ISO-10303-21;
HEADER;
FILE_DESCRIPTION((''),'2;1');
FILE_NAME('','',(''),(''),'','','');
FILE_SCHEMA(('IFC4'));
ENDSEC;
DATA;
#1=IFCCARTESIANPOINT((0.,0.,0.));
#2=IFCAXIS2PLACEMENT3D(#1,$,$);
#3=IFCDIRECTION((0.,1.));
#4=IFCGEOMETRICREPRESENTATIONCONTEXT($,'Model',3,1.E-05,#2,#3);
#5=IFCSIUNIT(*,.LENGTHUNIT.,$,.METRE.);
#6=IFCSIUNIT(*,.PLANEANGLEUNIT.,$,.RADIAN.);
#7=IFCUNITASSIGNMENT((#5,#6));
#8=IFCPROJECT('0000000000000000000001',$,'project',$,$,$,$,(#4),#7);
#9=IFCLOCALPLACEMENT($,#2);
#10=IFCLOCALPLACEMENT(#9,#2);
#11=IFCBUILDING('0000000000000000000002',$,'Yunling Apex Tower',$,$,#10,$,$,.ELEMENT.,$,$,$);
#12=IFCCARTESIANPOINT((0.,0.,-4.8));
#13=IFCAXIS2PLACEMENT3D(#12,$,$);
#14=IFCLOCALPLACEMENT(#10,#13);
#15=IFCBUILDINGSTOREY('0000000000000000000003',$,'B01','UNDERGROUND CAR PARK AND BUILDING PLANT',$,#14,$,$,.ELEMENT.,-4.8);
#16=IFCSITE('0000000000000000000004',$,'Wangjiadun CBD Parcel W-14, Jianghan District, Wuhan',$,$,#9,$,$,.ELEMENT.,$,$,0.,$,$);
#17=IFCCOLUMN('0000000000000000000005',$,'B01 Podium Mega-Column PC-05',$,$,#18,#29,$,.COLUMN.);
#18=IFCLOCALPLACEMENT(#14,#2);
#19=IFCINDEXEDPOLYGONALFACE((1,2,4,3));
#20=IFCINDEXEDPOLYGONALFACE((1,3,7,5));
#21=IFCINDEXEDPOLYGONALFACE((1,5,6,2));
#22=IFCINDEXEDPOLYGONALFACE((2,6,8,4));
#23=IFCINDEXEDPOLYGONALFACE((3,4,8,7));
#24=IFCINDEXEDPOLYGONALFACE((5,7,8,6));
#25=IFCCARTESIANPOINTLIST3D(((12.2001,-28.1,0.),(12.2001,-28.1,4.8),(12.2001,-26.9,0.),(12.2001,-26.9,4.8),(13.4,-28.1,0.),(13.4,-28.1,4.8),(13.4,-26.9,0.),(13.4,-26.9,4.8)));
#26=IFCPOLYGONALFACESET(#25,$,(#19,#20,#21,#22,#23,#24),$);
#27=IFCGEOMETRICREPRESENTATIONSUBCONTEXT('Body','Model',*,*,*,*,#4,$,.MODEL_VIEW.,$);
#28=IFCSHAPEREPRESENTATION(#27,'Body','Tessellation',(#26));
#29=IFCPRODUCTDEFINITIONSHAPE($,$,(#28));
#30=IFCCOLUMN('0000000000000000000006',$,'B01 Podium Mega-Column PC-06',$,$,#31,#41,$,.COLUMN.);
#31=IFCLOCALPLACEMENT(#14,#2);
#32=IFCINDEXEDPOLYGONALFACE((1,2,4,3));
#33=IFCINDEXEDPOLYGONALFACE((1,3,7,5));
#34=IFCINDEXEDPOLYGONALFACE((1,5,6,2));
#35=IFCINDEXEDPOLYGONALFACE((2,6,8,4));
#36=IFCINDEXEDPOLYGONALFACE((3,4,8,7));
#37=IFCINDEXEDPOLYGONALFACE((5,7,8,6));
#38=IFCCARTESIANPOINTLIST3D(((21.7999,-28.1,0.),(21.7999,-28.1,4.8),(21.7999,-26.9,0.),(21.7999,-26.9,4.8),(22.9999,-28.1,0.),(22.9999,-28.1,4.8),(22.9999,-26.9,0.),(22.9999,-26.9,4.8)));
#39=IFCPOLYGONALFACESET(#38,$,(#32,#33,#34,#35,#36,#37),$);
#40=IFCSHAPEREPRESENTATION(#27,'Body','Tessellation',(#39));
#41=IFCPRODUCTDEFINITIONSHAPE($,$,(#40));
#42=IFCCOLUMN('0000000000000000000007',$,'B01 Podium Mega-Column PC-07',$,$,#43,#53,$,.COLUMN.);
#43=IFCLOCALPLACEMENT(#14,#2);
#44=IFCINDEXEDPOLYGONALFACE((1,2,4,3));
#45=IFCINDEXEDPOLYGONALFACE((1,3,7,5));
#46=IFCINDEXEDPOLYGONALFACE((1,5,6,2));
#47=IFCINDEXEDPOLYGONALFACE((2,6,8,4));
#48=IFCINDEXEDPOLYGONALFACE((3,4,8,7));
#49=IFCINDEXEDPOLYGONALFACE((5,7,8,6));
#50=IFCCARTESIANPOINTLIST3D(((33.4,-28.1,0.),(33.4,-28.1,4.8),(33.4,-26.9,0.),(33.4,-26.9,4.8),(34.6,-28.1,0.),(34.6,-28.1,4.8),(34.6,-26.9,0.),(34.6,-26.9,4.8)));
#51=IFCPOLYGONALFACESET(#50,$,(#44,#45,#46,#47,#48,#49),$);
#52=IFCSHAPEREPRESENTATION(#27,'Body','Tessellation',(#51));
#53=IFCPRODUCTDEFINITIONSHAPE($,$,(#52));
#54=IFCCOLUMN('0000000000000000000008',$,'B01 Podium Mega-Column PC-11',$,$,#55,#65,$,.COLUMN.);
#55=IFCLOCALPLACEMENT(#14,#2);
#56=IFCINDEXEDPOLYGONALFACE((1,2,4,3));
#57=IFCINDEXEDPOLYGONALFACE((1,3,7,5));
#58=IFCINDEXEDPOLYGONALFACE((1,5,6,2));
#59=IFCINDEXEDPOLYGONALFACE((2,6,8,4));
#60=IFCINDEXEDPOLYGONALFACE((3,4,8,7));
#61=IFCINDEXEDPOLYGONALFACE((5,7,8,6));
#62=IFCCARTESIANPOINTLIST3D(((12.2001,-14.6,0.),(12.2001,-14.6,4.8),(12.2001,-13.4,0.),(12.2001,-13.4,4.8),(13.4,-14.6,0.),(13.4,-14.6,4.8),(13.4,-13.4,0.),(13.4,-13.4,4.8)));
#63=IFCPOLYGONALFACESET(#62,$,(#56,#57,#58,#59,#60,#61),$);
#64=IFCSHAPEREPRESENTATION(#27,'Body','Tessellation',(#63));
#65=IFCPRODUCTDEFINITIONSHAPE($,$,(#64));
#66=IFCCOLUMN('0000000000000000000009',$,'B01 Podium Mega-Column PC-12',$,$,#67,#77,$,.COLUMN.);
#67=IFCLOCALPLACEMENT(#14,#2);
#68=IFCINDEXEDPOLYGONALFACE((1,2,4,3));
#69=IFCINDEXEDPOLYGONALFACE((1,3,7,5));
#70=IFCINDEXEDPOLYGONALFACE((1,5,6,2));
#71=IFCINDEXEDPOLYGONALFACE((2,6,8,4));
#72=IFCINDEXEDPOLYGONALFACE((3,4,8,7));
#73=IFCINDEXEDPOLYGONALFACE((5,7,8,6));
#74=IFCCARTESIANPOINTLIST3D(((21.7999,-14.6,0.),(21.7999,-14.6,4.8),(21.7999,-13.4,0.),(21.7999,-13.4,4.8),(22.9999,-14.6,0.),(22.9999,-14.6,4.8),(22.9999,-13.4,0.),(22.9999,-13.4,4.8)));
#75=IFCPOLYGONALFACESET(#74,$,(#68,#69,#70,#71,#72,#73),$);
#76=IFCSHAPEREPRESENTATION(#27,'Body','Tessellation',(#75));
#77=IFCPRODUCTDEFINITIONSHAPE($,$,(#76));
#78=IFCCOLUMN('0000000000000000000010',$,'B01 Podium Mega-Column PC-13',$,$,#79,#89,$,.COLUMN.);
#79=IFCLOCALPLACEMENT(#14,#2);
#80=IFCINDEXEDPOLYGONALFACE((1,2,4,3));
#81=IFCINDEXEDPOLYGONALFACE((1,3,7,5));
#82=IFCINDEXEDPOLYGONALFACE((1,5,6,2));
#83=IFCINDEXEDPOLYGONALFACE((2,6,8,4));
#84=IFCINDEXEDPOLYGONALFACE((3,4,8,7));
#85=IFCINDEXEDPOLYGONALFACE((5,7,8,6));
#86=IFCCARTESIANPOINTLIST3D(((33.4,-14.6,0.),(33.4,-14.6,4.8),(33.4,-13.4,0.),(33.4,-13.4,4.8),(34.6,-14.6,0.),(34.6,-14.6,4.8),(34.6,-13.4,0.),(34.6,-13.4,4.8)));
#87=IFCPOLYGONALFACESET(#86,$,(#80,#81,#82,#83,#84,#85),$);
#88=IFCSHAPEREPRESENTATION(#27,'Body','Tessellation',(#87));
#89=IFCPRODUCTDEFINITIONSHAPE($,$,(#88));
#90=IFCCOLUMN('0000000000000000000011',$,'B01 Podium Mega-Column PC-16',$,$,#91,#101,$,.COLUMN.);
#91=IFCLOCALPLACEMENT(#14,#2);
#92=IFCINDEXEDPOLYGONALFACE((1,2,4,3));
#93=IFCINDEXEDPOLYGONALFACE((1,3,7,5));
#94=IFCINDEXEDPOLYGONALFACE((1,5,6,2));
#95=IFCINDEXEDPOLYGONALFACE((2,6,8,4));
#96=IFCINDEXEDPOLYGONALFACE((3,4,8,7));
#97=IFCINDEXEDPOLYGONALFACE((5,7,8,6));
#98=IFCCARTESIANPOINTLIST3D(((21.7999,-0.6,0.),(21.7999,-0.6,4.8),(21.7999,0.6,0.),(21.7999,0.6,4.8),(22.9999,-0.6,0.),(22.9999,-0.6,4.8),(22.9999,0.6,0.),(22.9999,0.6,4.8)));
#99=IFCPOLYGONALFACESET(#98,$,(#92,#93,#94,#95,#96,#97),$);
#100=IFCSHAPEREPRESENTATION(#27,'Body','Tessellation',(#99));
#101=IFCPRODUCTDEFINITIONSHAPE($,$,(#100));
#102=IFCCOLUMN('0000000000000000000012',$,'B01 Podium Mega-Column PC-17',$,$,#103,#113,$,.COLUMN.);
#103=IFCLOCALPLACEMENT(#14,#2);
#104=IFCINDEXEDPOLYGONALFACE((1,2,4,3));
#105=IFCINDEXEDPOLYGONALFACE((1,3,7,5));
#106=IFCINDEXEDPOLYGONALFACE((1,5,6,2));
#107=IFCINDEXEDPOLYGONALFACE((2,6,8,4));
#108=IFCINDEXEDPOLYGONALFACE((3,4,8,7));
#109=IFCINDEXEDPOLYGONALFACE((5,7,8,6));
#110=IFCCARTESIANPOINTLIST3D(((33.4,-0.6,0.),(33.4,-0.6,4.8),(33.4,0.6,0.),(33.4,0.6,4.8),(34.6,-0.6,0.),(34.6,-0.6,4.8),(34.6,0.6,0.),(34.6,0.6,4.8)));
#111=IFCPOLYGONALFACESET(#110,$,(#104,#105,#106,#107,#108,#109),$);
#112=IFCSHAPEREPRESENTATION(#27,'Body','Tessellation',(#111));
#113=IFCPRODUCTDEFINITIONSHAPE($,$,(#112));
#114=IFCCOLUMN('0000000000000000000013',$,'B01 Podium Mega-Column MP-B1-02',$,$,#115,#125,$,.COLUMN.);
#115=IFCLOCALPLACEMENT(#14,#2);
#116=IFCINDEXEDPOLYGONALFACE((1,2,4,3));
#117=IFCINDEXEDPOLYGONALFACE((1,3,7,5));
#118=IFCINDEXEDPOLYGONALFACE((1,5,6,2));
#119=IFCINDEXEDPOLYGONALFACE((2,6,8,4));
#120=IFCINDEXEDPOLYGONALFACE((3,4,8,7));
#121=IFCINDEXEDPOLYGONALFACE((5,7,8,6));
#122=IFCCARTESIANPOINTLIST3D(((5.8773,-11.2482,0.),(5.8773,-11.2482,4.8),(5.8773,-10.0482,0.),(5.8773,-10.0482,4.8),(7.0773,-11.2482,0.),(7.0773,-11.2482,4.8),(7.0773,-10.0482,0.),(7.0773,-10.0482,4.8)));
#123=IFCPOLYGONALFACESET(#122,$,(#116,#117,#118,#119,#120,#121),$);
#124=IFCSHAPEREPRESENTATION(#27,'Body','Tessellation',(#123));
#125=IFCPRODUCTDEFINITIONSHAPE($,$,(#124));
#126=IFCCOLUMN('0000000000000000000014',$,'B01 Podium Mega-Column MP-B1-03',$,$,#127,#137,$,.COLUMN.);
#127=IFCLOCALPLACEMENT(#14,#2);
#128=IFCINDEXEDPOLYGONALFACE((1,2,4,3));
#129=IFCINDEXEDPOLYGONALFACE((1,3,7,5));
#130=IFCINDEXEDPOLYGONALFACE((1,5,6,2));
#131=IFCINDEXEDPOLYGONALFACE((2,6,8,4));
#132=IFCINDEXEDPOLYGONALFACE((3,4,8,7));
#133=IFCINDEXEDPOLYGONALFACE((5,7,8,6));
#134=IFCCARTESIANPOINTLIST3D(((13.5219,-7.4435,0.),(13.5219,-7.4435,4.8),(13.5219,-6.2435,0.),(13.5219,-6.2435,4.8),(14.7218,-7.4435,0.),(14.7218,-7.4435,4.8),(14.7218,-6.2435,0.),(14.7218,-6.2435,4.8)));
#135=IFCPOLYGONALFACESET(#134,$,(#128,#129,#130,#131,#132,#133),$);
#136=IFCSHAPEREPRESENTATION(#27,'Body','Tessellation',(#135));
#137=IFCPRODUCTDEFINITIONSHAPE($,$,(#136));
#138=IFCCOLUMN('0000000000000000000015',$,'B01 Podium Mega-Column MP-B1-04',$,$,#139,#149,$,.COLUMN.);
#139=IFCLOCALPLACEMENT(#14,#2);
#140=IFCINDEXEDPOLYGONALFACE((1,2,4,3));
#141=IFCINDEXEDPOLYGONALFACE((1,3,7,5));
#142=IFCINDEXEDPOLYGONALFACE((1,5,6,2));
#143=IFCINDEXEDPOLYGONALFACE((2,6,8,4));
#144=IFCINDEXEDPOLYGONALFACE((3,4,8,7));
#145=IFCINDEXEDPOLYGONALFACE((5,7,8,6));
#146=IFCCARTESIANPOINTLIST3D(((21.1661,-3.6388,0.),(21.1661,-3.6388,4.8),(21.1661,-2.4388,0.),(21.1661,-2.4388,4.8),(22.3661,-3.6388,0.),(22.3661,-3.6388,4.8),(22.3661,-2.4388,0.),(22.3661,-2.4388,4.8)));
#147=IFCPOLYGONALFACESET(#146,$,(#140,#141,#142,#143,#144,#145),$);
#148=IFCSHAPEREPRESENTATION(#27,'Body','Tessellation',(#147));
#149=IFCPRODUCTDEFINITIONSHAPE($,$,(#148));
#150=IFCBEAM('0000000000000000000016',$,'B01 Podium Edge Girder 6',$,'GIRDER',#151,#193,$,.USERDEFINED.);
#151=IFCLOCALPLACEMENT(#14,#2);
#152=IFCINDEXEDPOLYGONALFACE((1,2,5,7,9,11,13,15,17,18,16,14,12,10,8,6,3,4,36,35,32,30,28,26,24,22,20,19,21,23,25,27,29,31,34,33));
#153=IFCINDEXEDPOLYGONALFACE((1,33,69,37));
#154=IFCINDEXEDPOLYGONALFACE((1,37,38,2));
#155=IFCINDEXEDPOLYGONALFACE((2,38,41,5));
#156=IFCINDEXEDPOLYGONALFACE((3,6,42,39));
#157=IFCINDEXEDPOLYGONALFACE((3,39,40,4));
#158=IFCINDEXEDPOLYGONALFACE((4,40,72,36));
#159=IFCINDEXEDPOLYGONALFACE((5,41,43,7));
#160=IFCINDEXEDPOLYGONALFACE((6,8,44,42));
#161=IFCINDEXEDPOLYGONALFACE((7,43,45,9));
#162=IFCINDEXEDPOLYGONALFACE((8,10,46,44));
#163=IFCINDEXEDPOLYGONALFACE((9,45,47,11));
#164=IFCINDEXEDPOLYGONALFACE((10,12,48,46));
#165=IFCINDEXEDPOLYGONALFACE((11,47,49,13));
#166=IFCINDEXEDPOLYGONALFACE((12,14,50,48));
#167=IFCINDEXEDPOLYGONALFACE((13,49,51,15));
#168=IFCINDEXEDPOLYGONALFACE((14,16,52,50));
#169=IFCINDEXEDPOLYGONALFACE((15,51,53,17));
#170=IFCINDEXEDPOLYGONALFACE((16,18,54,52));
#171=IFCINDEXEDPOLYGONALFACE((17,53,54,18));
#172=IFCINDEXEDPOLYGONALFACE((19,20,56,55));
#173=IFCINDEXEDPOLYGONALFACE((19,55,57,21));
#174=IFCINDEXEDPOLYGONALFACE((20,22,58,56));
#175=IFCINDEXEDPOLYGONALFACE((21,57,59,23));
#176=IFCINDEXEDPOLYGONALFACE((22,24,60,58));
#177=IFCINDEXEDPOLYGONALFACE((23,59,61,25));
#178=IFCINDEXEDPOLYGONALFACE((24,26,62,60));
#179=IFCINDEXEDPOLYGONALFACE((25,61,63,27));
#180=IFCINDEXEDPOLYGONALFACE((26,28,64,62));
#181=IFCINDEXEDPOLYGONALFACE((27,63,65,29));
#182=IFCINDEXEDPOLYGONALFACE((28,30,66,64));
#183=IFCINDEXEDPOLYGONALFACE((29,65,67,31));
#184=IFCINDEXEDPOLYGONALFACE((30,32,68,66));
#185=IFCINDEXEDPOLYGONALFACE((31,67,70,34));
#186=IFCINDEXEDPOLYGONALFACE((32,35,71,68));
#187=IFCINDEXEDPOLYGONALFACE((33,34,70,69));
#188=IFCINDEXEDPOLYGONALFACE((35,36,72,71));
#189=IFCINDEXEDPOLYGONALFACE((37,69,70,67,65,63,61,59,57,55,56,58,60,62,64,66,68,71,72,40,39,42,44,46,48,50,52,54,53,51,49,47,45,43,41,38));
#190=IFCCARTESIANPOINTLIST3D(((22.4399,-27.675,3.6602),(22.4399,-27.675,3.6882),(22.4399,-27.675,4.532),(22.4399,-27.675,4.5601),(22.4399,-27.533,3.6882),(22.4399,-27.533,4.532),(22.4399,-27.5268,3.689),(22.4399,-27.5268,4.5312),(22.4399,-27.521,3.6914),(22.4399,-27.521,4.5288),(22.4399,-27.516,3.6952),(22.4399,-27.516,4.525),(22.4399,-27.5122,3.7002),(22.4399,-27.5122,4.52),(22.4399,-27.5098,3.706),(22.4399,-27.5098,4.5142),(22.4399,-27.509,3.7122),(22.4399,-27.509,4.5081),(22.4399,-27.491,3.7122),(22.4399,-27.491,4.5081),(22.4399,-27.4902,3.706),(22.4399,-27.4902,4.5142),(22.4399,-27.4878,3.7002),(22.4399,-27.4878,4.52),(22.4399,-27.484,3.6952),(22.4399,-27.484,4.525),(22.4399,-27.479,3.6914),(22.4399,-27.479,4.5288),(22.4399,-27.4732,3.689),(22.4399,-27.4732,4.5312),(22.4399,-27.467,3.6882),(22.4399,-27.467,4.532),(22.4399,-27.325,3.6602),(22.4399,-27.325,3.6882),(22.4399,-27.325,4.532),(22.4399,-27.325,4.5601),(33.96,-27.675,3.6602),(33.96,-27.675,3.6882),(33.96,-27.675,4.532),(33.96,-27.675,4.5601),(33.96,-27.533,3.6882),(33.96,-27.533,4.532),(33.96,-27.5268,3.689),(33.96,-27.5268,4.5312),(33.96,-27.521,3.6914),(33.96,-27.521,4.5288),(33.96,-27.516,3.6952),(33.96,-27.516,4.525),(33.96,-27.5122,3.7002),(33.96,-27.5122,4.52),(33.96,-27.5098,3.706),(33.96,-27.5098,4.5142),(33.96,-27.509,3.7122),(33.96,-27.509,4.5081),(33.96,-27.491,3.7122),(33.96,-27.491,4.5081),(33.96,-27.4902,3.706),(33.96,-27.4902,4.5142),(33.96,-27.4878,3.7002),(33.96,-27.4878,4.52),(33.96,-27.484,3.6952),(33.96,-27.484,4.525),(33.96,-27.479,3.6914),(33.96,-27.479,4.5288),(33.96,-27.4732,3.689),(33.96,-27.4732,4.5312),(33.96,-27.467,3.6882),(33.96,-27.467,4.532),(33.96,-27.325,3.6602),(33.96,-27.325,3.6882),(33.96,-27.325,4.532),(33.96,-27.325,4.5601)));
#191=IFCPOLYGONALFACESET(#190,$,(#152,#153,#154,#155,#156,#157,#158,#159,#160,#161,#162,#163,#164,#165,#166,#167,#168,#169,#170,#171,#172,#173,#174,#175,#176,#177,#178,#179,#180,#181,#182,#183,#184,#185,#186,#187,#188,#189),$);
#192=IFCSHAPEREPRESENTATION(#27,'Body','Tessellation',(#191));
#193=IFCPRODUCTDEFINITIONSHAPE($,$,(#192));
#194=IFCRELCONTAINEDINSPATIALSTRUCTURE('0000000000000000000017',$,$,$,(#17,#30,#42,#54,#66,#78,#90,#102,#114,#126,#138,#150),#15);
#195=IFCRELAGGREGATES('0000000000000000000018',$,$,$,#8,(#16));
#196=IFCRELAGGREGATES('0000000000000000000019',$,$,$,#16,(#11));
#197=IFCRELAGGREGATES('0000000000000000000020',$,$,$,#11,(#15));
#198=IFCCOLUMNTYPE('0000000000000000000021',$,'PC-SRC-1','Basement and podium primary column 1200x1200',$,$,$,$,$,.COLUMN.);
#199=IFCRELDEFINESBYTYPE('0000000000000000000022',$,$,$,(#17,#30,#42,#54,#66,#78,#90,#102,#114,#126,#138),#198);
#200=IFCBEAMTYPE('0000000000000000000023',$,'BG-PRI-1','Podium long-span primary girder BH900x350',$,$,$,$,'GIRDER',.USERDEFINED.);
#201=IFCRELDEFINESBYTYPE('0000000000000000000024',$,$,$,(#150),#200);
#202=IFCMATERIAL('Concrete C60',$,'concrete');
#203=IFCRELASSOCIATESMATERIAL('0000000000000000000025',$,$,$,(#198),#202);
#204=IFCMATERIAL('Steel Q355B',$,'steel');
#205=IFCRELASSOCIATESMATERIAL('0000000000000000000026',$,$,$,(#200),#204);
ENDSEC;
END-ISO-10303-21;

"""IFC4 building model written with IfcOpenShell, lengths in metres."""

from ifc_helpers import new_model, si_unit, direction, frame, origin, origin_2d, place, context, subcontext, project, spatial, rectangle, i_section, extrude, source, transform, mapped, material, material_profile, profile_set, type_object, element, save


model = new_model("IFC4")

# Units and contexts
model_context = context("Model", 3, precision=1e-05, world=origin(), true_north=direction((0.0, 1.0)))
body_context = subcontext(model_context, "Body", "Model", "MODEL_VIEW")
ifc_project = project(units=[si_unit("LENGTHUNIT", "METRE"), si_unit("PLANEANGLEUNIT", "RADIAN")], contexts=[model_context])

# Site, building, storey
site_placement = place(None, origin())
site = spatial("IfcSite", under=ifc_project, at=site_placement, Name="Wangjiadun CBD Parcel W-14, Jianghan District, Wuhan", CompositionType="ELEMENT", RefElevation=0.0)
building_placement = place(site_placement, origin())
building = spatial("IfcBuilding", under=site, at=building_placement, Name="Yunling Apex Tower", CompositionType="ELEMENT")
storey_placement = place(building_placement, frame((0.0, 0.0, -4.8)))
storey = spatial("IfcBuildingStorey", under=building, at=storey_placement, Name="B01", Description="UNDERGROUND CAR PARK AND BUILDING PLANT", CompositionType="ELEMENT", Elevation=-4.8)

# Columns
ifc_material_1 = material(Name="Concrete C60", Category="concrete")
ifc_material_profile_1 = material_profile(ifc_material_1, rectangle(XDim=1.2, YDim=1.2, at=origin_2d()))
ifc_profile_set_1 = profile_set([ifc_material_profile_1], Name="Concrete C60")
column_type = type_object("IfcColumnType", Name="PC-SRC-1", Description="Basement and podium primary column 1200x1200", PredefinedType="COLUMN", material=ifc_profile_set_1)
shared_shape_1 = source(origin(), body_context, "Body", "SweptSolid", [
    extrude(rectangle(XDim=1.2, YDim=1.2, at=origin_2d()), origin(), (0.0, 0.0, 1.0), 4.8),
])
for number, where, z_axis, x_axis, name in (
    (1, (12.8, -27.5, 0.0), (0.0, 0.0, 1.0), (1.0, 0.0, 0.0), "B01 Podium Mega-Column PC-05"),
    (2, (22.3999, -27.5, 0.0), (0.0, 0.0, 1.0), (1.0, 0.0, 0.0), "B01 Podium Mega-Column PC-06"),
    (3, (34.0, -27.5, 0.0), (0.0, 0.0, 1.0), (1.0, 0.0, 0.0), "B01 Podium Mega-Column PC-07"),
    (4, (12.8, -14.0, 0.0), (0.0, 0.0, 1.0), (1.0, 0.0, 0.0), "B01 Podium Mega-Column PC-11"),
    (5, (22.3999, -14.0, 0.0), (0.0, 0.0, 1.0), (1.0, 0.0, 0.0), "B01 Podium Mega-Column PC-12"),
    (6, (34.0, -14.0, 0.0), (0.0, 0.0, 1.0), (1.0, 0.0, 0.0), "B01 Podium Mega-Column PC-13"),
    (7, (22.3999, 0.0, 0.0), (0.0, 0.0, 1.0), (1.0, 0.0, 0.0), "B01 Podium Mega-Column PC-16"),
    (8, (34.0, 0.0, 0.0), (0.0, 0.0, 1.0), (1.0, 0.0, 0.0), "B01 Podium Mega-Column PC-17"),
    (9, (6.4773, -10.6482, 0.0), (0.0, 0.0, 1.0), (1.0, 0.0, 0.0), "B01 Podium Mega-Column MP-B1-02"),
    (10, (14.1218, -6.8435, 0.0), (0.0, 0.0, 1.0), (1.0, 0.0, 0.0), "B01 Podium Mega-Column MP-B1-03"),
    (11, (21.7661, -3.0388, 0.0), (0.0, 0.0, 1.0), (1.0, 0.0, 0.0), "B01 Podium Mega-Column MP-B1-04"),
):
    element("IfcColumn", number, at=place(storey_placement, frame(where, z_axis=z_axis, x_axis=x_axis)), inside=storey, type_object=column_type, Name=name, PredefinedType="COLUMN", context=body_context, shape_type="MappedRepresentation", body=[
        mapped(shared_shape_1, transform((0.0, 0.0, 0.0), scale=1.0)),
    ])

# Beam
ifc_material_2 = material(Name="Steel Q355B", Category="steel")
ifc_material_profile_2 = material_profile(ifc_material_2, i_section(OverallWidth=0.3501, OverallDepth=0.8999, WebThickness=0.0181, FlangeThickness=0.0281, FilletRadius=0.0239, at=origin_2d()))
ifc_profile_set_2 = profile_set([ifc_material_profile_2], Name="Steel Q355B")
beam_type_1 = type_object("IfcBeamType", Name="BG-PRI-1", Description="Podium long-span primary girder BH900x350", ElementType="GIRDER", PredefinedType="USERDEFINED", material=ifc_profile_set_2)
shared_shape_2 = source(origin(), body_context, "Body", "SweptSolid", [
    extrude(i_section(OverallWidth=0.3501, OverallDepth=0.8999, WebThickness=0.0181, FlangeThickness=0.0281, FilletRadius=0.0239, at=origin_2d()), origin(), (0.0, 0.0, 1.0), 11.52),
])
beam_1_placement = place(storey_placement, frame((22.4399, -27.5, 4.1101), z_axis=(1.0, 0.0, 0.0), x_axis=(0.0, 1.0, 0.0)))
element("IfcBeam", 12, at=beam_1_placement, inside=storey, type_object=beam_type_1, Name="B01 Podium Edge Girder 6", ObjectType="GIRDER", PredefinedType="USERDEFINED", context=body_context, shape_type="MappedRepresentation", body=[
    mapped(shared_shape_2, transform((0.0, 0.0, 0.0), scale=1.0)),
])

save(model, "model.ifc")
